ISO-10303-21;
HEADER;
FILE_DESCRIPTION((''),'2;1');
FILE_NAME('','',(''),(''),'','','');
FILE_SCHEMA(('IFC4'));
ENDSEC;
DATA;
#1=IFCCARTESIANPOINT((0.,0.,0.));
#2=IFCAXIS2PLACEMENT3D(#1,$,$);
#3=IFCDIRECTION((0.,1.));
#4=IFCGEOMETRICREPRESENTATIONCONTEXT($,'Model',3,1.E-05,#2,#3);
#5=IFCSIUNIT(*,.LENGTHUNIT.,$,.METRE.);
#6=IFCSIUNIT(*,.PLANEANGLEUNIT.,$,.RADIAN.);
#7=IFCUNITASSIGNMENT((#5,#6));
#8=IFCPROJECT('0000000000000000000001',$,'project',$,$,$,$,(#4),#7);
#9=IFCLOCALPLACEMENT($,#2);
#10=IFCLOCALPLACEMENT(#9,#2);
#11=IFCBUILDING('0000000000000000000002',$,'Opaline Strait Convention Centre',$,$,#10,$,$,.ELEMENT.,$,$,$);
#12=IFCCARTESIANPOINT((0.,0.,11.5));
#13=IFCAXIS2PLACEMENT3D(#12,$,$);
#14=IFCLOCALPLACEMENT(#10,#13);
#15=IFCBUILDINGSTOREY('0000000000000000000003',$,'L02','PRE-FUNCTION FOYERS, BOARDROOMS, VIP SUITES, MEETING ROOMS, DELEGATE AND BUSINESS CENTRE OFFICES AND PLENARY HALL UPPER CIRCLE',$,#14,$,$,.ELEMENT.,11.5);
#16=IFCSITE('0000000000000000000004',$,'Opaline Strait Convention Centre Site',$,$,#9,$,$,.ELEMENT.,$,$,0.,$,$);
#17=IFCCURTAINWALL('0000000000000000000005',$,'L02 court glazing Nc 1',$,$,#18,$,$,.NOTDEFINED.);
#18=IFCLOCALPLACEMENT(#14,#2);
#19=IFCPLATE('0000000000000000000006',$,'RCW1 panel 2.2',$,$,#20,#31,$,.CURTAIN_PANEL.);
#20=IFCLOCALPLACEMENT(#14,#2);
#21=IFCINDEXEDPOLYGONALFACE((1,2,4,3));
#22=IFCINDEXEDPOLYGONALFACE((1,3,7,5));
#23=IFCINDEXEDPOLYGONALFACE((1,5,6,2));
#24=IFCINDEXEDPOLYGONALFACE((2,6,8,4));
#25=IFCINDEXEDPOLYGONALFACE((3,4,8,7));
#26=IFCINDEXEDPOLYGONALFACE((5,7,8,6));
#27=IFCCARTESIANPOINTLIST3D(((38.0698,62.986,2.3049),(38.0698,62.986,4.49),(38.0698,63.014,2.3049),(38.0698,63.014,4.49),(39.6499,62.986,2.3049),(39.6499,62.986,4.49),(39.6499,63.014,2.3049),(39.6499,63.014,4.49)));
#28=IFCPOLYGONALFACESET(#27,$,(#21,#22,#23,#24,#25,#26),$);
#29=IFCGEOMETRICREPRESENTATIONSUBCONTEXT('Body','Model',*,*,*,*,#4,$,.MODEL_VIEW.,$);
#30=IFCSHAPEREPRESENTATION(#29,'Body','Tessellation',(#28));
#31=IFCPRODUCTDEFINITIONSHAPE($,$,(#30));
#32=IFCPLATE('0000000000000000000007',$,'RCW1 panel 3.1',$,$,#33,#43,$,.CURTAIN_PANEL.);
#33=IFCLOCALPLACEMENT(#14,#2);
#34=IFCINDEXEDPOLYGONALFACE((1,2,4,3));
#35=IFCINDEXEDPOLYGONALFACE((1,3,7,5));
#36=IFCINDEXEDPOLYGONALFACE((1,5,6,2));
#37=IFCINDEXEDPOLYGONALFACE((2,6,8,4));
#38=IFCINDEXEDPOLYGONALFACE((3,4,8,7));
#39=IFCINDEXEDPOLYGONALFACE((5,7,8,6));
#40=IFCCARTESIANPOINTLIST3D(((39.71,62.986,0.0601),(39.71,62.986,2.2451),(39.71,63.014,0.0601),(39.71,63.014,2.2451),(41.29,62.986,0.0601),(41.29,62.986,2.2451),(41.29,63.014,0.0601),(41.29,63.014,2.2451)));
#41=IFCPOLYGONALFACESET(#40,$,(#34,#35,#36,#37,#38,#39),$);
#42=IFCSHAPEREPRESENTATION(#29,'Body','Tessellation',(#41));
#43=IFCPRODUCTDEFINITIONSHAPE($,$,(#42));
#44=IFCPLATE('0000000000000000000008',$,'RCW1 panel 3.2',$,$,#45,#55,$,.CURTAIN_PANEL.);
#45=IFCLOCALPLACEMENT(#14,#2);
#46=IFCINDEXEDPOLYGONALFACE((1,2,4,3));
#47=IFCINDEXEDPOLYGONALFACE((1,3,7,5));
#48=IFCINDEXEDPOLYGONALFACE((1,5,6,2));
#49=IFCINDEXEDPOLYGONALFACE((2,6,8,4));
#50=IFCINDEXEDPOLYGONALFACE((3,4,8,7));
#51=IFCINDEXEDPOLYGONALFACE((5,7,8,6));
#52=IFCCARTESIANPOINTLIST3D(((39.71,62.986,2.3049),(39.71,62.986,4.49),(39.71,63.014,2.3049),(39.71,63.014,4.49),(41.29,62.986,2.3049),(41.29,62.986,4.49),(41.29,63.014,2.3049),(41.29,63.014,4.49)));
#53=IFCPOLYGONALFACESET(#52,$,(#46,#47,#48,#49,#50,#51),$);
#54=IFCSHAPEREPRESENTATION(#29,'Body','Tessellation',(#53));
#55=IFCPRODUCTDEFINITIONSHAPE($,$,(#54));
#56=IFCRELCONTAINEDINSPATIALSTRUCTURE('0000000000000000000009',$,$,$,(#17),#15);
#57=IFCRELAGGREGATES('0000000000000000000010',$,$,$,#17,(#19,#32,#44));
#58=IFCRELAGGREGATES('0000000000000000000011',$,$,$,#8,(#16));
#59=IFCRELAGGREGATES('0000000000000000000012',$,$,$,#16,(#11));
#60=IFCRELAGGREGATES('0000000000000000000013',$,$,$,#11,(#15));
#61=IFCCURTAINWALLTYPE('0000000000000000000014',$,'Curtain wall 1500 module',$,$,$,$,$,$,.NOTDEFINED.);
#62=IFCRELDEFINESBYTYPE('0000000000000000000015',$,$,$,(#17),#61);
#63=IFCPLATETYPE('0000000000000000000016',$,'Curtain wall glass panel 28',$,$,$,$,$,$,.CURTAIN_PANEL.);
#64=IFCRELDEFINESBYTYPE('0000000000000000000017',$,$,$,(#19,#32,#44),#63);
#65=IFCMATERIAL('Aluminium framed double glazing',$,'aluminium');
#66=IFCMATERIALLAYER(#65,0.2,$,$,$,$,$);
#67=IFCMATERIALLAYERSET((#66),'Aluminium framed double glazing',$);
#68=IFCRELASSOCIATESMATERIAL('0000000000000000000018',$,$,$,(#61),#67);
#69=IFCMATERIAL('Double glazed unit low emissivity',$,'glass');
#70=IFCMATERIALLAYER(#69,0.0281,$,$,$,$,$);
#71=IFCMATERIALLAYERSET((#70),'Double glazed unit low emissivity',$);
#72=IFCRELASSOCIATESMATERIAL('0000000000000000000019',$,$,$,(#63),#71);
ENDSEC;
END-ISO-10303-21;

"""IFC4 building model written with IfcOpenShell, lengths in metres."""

from ifc_helpers import new_model, si_unit, direction, frame, origin, origin_2d, place, context, subcontext, project, spatial, rectangle, extrude, material, layer, layer_set, type_object, element, aggregate, save


model = new_model("IFC4")

# Units and contexts
model_context = context("Model", 3, precision=1e-05, world=origin(), true_north=direction((0.0, 1.0)))
body_context = subcontext(model_context, "Body", "Model", "MODEL_VIEW")
ifc_project = project(units=[si_unit("LENGTHUNIT", "METRE"), si_unit("PLANEANGLEUNIT", "RADIAN")], contexts=[model_context])

# Site, building, storey
site_placement = place(None, origin())
site = spatial("IfcSite", under=ifc_project, at=site_placement, Name="Opaline Strait Convention Centre Site", CompositionType="ELEMENT", RefElevation=0.0)
building_placement = place(site_placement, origin())
building = spatial("IfcBuilding", under=site, at=building_placement, Name="Opaline Strait Convention Centre", CompositionType="ELEMENT")
storey_placement = place(building_placement, frame((0.0, 0.0, 11.5)))
storey = spatial("IfcBuildingStorey", under=building, at=storey_placement, Name="L02", Description="PRE-FUNCTION FOYERS, BOARDROOMS, VIP SUITES, MEETING ROOMS, DELEGATE AND BUSINESS CENTRE OFFICES AND PLENARY HALL UPPER CIRCLE", CompositionType="ELEMENT", Elevation=11.5)

# Curtain wall
ifc_material_1 = material(Name="Aluminium framed double glazing", Category="aluminium")
ifc_layer_1 = layer(ifc_material_1, 0.2)
ifc_layer_set_1 = layer_set([ifc_layer_1], Name="Aluminium framed double glazing")
curtain_wall_type = type_object("IfcCurtainWallType", Name="Curtain wall 1500 module", PredefinedType="NOTDEFINED", material=ifc_layer_set_1)
curtain_wall_placement = place(storey_placement, origin())
curtain_wall = element("IfcCurtainWall", 1, at=curtain_wall_placement, inside=storey, type_object=curtain_wall_type, Name="L02 court glazing Nc 1", PredefinedType="NOTDEFINED")

# Plates
ifc_material_2 = material(Name="Double glazed unit low emissivity", Category="glass")
ifc_layer_2 = layer(ifc_material_2, 0.0281)
ifc_layer_set_2 = layer_set([ifc_layer_2], Name="Double glazed unit low emissivity")
plate_type = type_object("IfcPlateType", Name="Curtain wall glass panel 28", PredefinedType="CURTAIN_PANEL", material=ifc_layer_set_2)
plate_1_placement = place(storey_placement, frame((38.8599, 63.0, 2.3049), z_axis=(0.0, 0.0, 1.0), x_axis=(1.0, 0.0, 0.0)))
plate_1 = element("IfcPlate", 2, at=plate_1_placement, type_object=plate_type, Name="RCW1 panel 2.2", PredefinedType="CURTAIN_PANEL", context=body_context, shape_type="SweptSolid", body=[
    extrude(rectangle(XDim=1.5801, YDim=0.0281, at=origin_2d()), origin(), (0.0, 0.0, 1.0), 2.1851),
])
plate_2_placement = place(storey_placement, frame((40.5, 63.0, 0.0601), z_axis=(0.0, 0.0, 1.0), x_axis=(1.0, 0.0, 0.0)))
plate_2 = element("IfcPlate", 3, at=plate_2_placement, type_object=plate_type, Name="RCW1 panel 3.1", PredefinedType="CURTAIN_PANEL", context=body_context, shape_type="SweptSolid", body=[
    extrude(rectangle(XDim=1.5801, YDim=0.0281, at=origin_2d()), origin(), (0.0, 0.0, 1.0), 2.1851),
])
plate_3_placement = place(storey_placement, frame((40.5, 63.0, 2.3049), z_axis=(0.0, 0.0, 1.0), x_axis=(1.0, 0.0, 0.0)))
plate_3 = element("IfcPlate", 4, at=plate_3_placement, type_object=plate_type, Name="RCW1 panel 3.2", PredefinedType="CURTAIN_PANEL", context=body_context, shape_type="SweptSolid", body=[
    extrude(rectangle(XDim=1.5801, YDim=0.0281, at=origin_2d()), origin(), (0.0, 0.0, 1.0), 2.1851),
])
aggregate(curtain_wall, [plate_1, plate_2, plate_3])

save(model, "model.ifc")
